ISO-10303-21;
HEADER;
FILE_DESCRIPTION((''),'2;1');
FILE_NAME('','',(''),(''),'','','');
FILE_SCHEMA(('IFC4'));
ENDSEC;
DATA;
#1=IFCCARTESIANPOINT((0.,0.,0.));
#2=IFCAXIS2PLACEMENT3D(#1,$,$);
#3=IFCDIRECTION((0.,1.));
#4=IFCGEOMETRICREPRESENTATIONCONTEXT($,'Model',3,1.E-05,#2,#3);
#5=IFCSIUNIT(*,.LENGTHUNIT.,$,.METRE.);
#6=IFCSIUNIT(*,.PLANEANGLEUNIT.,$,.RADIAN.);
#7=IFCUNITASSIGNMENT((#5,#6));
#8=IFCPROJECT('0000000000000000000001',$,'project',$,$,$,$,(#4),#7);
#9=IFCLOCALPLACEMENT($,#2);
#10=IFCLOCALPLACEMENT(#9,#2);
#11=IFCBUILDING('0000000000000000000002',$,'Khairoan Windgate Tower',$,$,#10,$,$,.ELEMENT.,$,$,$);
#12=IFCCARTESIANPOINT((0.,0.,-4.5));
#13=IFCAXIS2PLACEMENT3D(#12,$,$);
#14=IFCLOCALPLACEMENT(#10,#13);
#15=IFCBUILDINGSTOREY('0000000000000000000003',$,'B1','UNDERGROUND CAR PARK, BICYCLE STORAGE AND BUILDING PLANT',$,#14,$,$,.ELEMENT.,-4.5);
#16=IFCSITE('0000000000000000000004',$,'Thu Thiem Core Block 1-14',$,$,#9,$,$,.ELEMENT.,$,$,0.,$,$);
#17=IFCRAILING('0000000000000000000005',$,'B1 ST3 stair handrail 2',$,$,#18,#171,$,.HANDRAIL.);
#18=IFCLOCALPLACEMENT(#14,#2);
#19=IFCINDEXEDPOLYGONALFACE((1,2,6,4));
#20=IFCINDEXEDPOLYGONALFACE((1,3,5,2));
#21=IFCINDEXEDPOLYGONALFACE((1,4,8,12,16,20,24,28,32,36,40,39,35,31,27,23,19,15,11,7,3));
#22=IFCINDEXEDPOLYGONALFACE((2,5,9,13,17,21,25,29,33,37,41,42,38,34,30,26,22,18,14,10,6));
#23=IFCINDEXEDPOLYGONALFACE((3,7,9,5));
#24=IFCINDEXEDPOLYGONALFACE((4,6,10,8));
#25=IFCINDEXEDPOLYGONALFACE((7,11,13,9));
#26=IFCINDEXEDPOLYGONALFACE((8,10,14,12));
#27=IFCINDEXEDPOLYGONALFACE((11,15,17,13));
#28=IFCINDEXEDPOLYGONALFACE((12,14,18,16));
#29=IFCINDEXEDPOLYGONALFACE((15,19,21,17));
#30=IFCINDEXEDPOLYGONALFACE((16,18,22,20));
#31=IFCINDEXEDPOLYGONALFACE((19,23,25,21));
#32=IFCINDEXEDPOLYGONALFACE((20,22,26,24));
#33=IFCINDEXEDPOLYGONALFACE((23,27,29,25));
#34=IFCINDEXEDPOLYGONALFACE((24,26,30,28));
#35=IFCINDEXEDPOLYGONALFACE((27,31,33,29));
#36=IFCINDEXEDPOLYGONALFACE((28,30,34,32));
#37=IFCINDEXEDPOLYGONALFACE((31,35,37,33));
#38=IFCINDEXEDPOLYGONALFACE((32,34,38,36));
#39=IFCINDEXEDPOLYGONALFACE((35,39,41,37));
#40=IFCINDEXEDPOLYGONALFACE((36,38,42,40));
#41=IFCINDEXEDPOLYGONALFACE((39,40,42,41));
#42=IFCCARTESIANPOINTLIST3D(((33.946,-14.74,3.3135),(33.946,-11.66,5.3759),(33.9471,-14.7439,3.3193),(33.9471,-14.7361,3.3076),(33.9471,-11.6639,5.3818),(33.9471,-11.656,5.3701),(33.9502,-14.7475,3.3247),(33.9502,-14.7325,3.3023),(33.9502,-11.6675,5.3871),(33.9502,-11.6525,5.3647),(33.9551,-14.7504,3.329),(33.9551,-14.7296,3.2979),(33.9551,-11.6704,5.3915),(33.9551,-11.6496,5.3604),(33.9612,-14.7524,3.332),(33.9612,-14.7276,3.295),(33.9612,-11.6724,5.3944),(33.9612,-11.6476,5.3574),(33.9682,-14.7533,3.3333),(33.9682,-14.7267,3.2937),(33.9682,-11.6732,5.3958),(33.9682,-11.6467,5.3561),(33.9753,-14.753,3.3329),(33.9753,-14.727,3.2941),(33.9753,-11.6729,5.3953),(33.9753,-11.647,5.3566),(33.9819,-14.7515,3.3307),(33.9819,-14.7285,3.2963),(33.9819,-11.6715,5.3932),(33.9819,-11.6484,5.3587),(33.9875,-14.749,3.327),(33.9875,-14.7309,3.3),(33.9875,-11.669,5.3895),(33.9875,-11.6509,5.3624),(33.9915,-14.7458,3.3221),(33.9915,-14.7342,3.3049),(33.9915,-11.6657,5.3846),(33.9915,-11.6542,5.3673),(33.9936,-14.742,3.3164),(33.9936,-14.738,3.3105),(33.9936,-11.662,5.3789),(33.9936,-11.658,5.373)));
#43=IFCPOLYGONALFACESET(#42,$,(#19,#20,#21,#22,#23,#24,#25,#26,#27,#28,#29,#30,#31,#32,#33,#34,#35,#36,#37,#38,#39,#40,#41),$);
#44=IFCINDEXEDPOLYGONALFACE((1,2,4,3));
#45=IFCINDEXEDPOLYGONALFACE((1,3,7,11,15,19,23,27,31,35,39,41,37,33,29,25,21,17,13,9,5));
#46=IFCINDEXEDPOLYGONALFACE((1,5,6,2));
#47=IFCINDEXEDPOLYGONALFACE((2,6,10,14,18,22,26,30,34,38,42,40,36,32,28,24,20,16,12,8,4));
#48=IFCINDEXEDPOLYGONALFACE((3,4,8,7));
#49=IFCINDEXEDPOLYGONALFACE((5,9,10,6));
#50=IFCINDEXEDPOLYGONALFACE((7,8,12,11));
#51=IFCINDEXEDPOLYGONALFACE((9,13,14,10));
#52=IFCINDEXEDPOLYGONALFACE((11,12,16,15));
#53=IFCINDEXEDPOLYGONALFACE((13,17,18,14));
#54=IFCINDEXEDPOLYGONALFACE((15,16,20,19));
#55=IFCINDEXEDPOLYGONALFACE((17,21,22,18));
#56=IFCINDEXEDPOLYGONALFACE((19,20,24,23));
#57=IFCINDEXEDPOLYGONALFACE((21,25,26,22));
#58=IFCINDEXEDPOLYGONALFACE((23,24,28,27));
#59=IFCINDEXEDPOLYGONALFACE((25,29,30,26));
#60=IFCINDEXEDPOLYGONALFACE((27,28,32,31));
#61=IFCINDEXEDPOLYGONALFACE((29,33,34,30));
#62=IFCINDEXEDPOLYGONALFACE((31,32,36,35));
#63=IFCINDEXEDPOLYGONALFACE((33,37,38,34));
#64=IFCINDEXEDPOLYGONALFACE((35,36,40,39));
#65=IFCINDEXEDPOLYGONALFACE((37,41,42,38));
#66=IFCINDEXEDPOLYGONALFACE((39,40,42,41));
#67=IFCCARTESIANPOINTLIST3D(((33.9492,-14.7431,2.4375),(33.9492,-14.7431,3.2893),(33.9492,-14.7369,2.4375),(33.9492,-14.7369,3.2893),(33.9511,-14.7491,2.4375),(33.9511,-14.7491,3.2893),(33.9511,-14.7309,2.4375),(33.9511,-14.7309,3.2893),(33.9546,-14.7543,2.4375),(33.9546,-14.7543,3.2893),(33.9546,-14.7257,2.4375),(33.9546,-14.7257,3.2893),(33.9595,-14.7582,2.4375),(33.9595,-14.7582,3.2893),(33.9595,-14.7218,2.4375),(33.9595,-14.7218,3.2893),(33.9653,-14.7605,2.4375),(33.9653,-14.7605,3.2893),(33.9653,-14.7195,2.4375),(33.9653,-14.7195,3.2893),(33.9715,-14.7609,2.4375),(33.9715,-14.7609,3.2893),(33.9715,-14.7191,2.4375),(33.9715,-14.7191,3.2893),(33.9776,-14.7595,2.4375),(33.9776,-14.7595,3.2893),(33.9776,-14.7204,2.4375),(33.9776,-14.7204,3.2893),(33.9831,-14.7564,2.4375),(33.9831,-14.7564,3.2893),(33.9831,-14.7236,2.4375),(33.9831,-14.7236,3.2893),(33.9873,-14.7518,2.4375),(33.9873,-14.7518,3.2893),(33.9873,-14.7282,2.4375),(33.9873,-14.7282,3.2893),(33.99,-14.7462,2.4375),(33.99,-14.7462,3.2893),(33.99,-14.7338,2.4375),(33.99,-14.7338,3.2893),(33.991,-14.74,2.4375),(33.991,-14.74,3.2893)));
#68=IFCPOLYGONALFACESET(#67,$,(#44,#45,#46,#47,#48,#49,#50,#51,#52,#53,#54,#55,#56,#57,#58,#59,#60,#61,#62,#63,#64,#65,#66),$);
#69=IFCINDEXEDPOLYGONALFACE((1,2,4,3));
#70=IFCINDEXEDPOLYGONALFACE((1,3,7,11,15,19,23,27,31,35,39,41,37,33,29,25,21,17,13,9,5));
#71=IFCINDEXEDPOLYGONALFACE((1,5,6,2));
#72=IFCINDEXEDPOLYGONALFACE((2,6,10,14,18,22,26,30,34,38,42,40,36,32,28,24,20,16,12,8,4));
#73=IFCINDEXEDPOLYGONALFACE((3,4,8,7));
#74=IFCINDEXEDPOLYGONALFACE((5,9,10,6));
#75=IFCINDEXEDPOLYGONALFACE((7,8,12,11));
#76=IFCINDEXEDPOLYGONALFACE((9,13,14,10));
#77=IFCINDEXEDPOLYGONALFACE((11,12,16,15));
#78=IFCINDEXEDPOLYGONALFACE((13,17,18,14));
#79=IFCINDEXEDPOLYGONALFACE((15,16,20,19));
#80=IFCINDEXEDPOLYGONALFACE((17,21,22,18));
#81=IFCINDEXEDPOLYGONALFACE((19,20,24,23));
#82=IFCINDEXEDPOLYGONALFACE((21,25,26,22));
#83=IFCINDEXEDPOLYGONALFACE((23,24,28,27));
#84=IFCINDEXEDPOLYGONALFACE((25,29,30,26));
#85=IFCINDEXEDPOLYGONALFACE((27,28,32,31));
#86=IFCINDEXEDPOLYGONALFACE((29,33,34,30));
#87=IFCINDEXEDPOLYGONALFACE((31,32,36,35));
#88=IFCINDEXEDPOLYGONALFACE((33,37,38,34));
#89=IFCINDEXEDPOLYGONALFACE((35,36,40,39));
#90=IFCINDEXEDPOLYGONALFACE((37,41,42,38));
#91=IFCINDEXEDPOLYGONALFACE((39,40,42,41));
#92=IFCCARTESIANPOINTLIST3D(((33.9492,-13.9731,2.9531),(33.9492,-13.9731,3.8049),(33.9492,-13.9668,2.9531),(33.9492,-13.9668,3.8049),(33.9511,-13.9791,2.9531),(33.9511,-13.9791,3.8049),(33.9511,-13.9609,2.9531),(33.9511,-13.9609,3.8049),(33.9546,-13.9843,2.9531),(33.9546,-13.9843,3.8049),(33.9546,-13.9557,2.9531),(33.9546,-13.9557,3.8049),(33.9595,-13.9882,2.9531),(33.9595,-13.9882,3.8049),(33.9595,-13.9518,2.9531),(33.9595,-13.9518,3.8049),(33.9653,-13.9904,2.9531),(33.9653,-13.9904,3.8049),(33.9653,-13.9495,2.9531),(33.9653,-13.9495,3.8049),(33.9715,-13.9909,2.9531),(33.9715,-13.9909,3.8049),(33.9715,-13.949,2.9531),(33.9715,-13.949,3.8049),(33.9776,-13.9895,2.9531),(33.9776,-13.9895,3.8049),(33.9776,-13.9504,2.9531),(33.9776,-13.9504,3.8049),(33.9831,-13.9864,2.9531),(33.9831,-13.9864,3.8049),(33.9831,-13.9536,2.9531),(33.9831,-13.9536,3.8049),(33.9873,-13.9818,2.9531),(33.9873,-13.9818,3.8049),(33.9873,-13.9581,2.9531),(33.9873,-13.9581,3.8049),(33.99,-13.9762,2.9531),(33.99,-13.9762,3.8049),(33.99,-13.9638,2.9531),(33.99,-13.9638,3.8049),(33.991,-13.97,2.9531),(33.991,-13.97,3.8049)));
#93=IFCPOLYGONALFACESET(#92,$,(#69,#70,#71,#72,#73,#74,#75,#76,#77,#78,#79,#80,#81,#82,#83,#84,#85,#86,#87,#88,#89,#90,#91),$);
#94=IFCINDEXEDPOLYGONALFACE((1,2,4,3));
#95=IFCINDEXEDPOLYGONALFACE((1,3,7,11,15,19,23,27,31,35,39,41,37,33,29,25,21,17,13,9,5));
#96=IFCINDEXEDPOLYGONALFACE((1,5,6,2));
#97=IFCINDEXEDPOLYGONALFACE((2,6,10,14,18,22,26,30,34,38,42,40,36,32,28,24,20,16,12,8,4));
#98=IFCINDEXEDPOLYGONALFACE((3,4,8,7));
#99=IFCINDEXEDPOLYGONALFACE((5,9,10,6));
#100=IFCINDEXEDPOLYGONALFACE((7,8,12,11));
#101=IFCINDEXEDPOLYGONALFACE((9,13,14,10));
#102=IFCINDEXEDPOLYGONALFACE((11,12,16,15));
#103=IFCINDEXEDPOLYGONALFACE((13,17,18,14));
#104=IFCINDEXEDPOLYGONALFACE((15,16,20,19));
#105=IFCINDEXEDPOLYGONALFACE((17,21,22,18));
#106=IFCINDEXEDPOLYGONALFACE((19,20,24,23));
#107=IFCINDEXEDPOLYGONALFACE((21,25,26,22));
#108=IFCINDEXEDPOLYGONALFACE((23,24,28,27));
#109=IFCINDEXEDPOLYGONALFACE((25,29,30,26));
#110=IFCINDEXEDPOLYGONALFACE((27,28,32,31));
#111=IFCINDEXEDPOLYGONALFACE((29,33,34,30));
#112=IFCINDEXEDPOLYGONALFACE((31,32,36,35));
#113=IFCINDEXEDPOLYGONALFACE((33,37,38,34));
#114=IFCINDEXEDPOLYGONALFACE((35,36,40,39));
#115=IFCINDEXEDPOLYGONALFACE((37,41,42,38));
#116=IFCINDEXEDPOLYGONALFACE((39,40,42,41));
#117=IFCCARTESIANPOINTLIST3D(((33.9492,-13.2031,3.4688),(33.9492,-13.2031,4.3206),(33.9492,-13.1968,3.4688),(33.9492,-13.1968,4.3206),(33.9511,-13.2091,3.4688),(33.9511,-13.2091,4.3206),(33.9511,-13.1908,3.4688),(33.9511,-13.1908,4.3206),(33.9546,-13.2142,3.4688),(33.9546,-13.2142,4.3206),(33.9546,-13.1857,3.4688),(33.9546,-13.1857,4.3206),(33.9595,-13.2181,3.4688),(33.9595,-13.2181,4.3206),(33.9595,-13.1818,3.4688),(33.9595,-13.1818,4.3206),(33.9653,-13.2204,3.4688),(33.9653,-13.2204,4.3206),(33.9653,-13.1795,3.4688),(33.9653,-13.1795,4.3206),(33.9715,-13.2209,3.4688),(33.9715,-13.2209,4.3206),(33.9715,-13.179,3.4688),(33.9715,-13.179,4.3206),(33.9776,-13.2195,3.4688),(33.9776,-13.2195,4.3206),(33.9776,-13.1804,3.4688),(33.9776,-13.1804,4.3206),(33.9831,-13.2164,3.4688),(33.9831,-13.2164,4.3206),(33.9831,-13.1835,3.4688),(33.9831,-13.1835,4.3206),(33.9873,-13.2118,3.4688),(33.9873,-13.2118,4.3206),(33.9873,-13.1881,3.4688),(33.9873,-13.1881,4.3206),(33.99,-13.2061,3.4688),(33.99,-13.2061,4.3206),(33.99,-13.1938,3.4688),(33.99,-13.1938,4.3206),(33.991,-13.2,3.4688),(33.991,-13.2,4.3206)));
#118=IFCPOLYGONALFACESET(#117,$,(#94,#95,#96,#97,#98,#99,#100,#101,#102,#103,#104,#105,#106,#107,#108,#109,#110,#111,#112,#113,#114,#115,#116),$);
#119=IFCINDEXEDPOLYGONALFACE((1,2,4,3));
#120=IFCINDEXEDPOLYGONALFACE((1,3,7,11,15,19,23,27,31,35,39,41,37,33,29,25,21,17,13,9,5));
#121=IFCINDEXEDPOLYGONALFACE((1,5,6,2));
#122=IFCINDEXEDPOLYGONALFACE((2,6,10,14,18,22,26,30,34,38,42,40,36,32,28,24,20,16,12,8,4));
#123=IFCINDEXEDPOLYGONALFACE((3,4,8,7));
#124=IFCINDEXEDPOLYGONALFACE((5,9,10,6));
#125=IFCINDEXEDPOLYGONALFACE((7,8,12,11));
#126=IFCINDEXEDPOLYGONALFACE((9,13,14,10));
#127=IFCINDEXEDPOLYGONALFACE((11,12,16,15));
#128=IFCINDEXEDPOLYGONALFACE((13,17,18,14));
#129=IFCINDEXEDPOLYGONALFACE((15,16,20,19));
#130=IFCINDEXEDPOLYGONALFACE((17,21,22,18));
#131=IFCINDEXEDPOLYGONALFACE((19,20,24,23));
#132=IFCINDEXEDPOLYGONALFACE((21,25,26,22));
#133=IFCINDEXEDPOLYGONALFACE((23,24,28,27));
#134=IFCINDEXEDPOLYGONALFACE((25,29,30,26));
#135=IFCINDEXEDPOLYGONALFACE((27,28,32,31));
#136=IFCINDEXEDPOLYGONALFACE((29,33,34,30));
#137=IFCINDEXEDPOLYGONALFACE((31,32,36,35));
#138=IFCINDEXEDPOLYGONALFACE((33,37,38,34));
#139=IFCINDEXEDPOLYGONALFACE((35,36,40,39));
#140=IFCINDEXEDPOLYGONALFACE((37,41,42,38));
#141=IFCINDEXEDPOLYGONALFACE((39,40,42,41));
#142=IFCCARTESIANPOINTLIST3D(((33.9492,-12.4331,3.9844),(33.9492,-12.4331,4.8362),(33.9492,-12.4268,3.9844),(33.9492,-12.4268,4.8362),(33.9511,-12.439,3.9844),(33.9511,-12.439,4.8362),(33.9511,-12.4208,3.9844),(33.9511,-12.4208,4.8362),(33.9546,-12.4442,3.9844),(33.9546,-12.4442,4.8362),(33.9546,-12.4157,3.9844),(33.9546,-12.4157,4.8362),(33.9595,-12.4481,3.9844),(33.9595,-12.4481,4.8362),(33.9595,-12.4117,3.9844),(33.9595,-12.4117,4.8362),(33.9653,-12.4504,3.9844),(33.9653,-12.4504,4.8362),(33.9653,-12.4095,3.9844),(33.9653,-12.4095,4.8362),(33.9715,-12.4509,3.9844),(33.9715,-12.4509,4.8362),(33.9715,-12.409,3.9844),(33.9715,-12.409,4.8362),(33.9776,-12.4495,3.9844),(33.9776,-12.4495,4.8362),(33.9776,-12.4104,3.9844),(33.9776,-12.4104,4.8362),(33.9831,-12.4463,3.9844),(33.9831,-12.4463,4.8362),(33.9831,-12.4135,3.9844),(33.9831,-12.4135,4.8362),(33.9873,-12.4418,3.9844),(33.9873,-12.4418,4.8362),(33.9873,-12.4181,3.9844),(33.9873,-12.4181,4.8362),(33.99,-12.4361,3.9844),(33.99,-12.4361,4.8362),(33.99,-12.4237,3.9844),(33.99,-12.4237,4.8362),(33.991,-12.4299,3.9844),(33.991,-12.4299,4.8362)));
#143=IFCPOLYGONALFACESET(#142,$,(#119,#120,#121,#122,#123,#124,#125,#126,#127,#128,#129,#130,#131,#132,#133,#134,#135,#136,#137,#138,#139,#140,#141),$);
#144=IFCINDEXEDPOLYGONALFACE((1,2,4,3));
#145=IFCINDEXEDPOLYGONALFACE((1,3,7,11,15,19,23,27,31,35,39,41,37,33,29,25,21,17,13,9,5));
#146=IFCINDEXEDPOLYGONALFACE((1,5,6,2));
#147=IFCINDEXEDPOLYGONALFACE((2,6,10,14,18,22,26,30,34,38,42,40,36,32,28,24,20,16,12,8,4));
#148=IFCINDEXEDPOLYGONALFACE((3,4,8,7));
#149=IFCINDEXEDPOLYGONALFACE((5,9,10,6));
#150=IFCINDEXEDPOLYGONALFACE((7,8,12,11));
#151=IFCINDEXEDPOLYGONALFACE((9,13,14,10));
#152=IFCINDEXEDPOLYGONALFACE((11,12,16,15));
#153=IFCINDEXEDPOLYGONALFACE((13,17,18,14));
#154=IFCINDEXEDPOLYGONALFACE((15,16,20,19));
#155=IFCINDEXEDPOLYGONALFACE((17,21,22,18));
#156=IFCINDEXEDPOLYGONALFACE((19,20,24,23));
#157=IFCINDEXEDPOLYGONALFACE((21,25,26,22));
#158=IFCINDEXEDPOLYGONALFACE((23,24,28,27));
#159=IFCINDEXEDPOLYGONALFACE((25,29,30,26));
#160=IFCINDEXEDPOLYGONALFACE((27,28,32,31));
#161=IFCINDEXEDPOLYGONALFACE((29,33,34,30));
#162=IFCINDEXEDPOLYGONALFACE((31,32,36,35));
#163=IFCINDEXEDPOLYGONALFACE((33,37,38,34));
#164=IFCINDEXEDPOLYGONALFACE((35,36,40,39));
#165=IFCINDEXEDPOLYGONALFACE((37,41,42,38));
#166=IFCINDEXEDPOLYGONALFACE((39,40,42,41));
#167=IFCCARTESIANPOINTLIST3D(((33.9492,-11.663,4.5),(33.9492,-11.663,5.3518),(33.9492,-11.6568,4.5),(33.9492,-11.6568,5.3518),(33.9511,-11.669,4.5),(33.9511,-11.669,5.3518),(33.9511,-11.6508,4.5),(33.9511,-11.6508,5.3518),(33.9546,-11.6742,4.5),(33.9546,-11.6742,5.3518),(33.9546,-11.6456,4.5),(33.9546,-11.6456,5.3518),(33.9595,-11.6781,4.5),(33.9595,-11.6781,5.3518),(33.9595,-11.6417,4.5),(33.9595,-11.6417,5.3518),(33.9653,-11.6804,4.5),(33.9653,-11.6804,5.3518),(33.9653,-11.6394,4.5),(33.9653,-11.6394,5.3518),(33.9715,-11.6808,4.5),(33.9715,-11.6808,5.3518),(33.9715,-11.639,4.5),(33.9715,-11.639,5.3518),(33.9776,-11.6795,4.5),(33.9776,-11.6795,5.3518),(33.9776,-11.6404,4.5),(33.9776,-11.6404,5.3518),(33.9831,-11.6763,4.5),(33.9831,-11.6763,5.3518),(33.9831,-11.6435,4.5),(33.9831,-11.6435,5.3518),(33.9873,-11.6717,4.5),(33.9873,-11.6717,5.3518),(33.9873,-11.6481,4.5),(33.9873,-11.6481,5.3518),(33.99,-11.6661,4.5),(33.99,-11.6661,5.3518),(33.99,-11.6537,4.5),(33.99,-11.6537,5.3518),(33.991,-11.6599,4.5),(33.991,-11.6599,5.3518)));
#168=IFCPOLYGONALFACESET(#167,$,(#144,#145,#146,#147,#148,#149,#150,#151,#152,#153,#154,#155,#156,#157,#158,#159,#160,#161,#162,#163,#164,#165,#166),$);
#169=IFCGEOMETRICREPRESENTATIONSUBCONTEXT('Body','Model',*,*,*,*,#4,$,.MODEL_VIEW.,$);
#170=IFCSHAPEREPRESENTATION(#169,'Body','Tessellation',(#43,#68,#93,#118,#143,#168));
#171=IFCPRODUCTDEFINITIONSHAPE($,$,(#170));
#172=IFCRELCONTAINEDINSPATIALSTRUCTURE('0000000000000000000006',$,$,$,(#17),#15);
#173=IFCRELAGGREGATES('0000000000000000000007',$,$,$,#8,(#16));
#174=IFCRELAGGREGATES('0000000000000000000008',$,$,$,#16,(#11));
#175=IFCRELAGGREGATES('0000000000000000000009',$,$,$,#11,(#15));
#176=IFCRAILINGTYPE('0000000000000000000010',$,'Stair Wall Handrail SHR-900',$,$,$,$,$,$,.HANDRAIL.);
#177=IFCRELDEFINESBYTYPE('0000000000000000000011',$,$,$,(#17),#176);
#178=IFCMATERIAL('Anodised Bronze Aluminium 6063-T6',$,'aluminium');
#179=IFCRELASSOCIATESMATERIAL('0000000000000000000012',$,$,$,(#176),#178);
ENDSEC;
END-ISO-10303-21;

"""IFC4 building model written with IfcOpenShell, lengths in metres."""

from ifc_helpers import new_model, si_unit, direction, frame, origin, origin_2d, place, context, subcontext, project, spatial, circle, extrude, material, type_object, element, save


model = new_model("IFC4")

# Units and contexts
model_context = context("Model", 3, precision=1e-05, world=origin(), true_north=direction((0.0, 1.0)))
body_context = subcontext(model_context, "Body", "Model", "MODEL_VIEW")
ifc_project = project(units=[si_unit("LENGTHUNIT", "METRE"), si_unit("PLANEANGLEUNIT", "RADIAN")], contexts=[model_context])

# Site, building, storey
site_placement = place(None, origin())
site = spatial("IfcSite", under=ifc_project, at=site_placement, Name="Thu Thiem Core Block 1-14", CompositionType="ELEMENT", RefElevation=0.0)
building_placement = place(site_placement, origin())
building = spatial("IfcBuilding", under=site, at=building_placement, Name="Khairoan Windgate Tower", CompositionType="ELEMENT")
storey_placement = place(building_placement, frame((0.0, 0.0, -4.5)))
storey = spatial("IfcBuildingStorey", under=building, at=storey_placement, Name="B1", Description="UNDERGROUND CAR PARK, BICYCLE STORAGE AND BUILDING PLANT", CompositionType="ELEMENT", Elevation=-4.5)

# Railing
ifc_material_1 = material(Name="Anodised Bronze Aluminium 6063-T6", Category="aluminium")
railing_type_1 = type_object("IfcRailingType", Name="Stair Wall Handrail SHR-900", PredefinedType="HANDRAIL", material=ifc_material_1)
railing_1_placement = place(storey_placement, frame((33.97, -14.74, 2.4375)))
element("IfcRailing", 1, at=railing_1_placement, inside=storey, type_object=railing_type_1, Name="B1 ST3 stair handrail 2", PredefinedType="HANDRAIL", context=body_context, shape_type="SweptSolid", body=[
    extrude(circle(Radius=0.0239, at=origin_2d()), frame((0.0, 0.0, 0.876), z_axis=(0.0, 0.830914, 0.556401), x_axis=(-1.0, 0.0, 0.0)), (0.0, 0.0, 1.0), 3.7068),
    extrude(circle(Radius=0.021, at=origin_2d()), origin(), (0.0, 0.0, 1.0), 0.8518),
    extrude(circle(Radius=0.021, at=origin_2d()), frame((0.0, 0.77, 0.5156)), (0.0, 0.0, 1.0), 0.8518),
    extrude(circle(Radius=0.021, at=origin_2d()), frame((0.0, 1.54, 1.0312)), (0.0, 0.0, 1.0), 0.8518),
    extrude(circle(Radius=0.021, at=origin_2d()), frame((0.0, 2.3101, 1.5469)), (0.0, 0.0, 1.0), 0.8518),
    extrude(circle(Radius=0.021, at=origin_2d()), frame((0.0, 3.0801, 2.0625)), (0.0, 0.0, 1.0), 0.8518),
])

save(model, "model.ifc")
